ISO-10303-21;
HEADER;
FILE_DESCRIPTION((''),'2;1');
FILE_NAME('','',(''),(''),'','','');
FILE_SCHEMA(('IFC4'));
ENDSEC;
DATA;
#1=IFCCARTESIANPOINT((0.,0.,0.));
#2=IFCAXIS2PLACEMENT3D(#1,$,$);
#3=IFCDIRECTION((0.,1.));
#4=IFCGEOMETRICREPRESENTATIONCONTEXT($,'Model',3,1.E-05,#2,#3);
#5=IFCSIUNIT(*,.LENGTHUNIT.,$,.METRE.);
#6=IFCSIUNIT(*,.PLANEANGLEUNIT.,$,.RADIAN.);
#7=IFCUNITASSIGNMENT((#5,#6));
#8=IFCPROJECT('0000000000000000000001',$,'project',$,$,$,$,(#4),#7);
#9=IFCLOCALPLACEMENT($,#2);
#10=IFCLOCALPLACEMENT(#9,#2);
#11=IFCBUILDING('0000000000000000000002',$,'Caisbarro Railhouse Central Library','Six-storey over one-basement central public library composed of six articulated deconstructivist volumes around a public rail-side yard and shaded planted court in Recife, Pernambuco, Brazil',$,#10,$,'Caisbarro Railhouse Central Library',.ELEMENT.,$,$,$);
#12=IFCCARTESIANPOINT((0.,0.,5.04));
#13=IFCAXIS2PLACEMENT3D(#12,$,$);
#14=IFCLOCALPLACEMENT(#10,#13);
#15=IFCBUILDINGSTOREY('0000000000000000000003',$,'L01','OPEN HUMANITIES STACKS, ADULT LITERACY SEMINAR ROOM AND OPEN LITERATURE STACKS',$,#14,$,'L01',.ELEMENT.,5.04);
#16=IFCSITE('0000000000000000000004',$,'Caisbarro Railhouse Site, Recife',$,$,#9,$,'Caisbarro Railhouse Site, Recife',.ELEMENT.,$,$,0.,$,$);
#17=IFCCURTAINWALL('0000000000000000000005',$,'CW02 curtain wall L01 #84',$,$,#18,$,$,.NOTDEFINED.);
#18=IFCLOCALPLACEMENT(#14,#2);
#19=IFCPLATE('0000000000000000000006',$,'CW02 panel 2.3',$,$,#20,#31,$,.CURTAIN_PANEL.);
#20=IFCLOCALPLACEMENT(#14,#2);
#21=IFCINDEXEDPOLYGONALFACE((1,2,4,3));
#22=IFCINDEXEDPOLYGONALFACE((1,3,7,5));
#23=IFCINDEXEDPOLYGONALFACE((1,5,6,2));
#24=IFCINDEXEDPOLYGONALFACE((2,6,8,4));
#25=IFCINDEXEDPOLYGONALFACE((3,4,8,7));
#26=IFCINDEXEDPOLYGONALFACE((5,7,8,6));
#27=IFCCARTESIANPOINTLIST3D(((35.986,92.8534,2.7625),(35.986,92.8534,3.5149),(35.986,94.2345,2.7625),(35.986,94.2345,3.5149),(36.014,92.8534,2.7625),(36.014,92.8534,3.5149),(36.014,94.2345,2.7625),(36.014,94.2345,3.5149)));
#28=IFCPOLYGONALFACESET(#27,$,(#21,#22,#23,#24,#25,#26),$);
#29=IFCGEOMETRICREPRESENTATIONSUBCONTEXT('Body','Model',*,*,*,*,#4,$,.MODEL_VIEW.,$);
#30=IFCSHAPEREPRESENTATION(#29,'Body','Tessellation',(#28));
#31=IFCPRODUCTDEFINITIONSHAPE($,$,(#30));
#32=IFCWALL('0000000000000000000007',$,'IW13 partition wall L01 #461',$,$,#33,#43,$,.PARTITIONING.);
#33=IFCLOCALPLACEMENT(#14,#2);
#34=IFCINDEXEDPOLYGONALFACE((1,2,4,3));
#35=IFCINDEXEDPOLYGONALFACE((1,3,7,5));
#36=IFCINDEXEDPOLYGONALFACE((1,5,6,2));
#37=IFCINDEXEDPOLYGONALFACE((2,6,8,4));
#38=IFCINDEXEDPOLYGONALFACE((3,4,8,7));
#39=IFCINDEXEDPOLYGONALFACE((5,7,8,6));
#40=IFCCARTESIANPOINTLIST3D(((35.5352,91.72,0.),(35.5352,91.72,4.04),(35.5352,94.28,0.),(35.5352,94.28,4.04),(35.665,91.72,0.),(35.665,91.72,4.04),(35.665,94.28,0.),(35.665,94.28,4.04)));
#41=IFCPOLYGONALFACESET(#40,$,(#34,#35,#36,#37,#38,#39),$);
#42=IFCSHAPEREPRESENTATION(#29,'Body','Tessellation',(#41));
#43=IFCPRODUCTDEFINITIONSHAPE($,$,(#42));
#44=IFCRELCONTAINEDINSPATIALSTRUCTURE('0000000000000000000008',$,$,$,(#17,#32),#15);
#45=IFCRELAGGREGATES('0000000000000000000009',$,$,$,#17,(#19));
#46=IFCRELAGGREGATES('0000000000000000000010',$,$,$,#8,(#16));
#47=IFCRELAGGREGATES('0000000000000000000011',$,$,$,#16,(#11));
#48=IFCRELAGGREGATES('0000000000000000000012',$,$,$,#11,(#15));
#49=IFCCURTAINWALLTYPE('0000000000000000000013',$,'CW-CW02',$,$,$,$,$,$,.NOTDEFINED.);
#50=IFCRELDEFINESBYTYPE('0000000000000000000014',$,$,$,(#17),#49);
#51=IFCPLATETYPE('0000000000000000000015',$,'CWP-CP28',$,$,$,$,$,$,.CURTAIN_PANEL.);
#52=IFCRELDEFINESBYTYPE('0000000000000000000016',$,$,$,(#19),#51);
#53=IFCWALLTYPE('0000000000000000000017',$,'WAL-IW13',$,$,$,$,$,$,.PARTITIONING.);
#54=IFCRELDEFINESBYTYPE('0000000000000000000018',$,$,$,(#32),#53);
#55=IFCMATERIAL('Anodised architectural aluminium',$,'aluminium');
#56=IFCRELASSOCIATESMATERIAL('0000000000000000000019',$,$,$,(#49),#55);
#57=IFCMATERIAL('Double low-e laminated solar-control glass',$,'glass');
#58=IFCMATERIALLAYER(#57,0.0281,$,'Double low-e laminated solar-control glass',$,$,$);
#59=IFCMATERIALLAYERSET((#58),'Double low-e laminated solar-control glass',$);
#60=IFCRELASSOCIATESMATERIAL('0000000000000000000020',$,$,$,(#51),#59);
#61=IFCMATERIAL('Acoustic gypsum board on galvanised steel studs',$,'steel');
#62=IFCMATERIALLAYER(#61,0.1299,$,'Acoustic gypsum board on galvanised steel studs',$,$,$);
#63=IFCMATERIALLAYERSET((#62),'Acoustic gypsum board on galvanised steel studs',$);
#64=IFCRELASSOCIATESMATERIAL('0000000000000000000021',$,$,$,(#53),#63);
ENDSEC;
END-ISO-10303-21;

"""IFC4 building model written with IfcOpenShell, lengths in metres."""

from ifc_helpers import new_model, si_unit, direction, frame, frame_2d, origin, origin_2d, place, context, subcontext, project, spatial, rectangle, extrude, material, layer, layer_set, type_object, element, aggregate, save


model = new_model("IFC4")

# Units and contexts
model_context = context("Model", 3, precision=1e-05, world=origin(), true_north=direction((0.0, 1.0)))
body_context = subcontext(model_context, "Body", "Model", "MODEL_VIEW")
ifc_project = project(units=[si_unit("LENGTHUNIT", "METRE"), si_unit("PLANEANGLEUNIT", "RADIAN")], contexts=[model_context])

# Site, building, storey
site_placement = place(None, origin())
site = spatial("IfcSite", under=ifc_project, at=site_placement, Name="Caisbarro Railhouse Site, Recife", LongName="Caisbarro Railhouse Site, Recife", CompositionType="ELEMENT", RefElevation=0.0)
building_placement = place(site_placement, origin())
building = spatial("IfcBuilding", under=site, at=building_placement, Name="Caisbarro Railhouse Central Library", Description="Six-storey over one-basement central public library composed of six articulated deconstructivist volumes around a public rail-side yard and shaded planted court in Recife, Pernambuco, Brazil", LongName="Caisbarro Railhouse Central Library", CompositionType="ELEMENT")
storey_placement = place(building_placement, frame((0.0, 0.0, 5.04)))
storey = spatial("IfcBuildingStorey", under=building, at=storey_placement, Name="L01", Description="OPEN HUMANITIES STACKS, ADULT LITERACY SEMINAR ROOM AND OPEN LITERATURE STACKS", LongName="L01", CompositionType="ELEMENT", Elevation=5.04)

# Curtain wall
ifc_material_1 = material(Name="Anodised architectural aluminium", Category="aluminium")
curtain_wall_type = type_object("IfcCurtainWallType", Name="CW-CW02", PredefinedType="NOTDEFINED", material=ifc_material_1)
curtain_wall_1_placement = place(storey_placement, origin())
curtain_wall_1 = element("IfcCurtainWall", 1, at=curtain_wall_1_placement, inside=storey, type_object=curtain_wall_type, Name="CW02 curtain wall L01 #84", PredefinedType="NOTDEFINED")

# Plate
ifc_material_2 = material(Name="Double low-e laminated solar-control glass", Category="glass")
ifc_layer_1 = layer(ifc_material_2, 0.0281, Name="Double low-e laminated solar-control glass")
ifc_layer_set_1 = layer_set([ifc_layer_1], Name="Double low-e laminated solar-control glass")
plate_type = type_object("IfcPlateType", Name="CWP-CP28", PredefinedType="CURTAIN_PANEL", material=ifc_layer_set_1)
plate_1_placement = place(storey_placement, frame((36.0, 93.5439, 2.7625), z_axis=(0.0, 0.0, 1.0), x_axis=(0.0, 1.0, 0.0)))
plate_1 = element("IfcPlate", 2, at=plate_1_placement, type_object=plate_type, Name="CW02 panel 2.3", PredefinedType="CURTAIN_PANEL", context=body_context, shape_type="SweptSolid", body=[
    extrude(rectangle(XDim=1.3811, YDim=0.0281, at=origin_2d()), origin(), (0.0, 0.0, 1.0), 0.7524),
])
aggregate(curtain_wall_1, [plate_1])

# Wall
ifc_material_3 = material(Name="Acoustic gypsum board on galvanised steel studs", Category="steel")
ifc_layer_2 = layer(ifc_material_3, 0.1299, Name="Acoustic gypsum board on galvanised steel studs")
ifc_layer_set_2 = layer_set([ifc_layer_2], Name="Acoustic gypsum board on galvanised steel studs")
wall_type = type_object("IfcWallType", Name="WAL-IW13", PredefinedType="PARTITIONING", material=ifc_layer_set_2)
wall_placement = place(storey_placement, frame((35.6001, 91.72, 0.0), z_axis=(0.0, 0.0, 1.0), x_axis=(0.0, 1.0, 0.0)))
element("IfcWall", 3, at=wall_placement, inside=storey, type_object=wall_type, Name="IW13 partition wall L01 #461", PredefinedType="PARTITIONING", context=body_context, shape_type="SweptSolid", body=[
    extrude(rectangle(XDim=2.5601, YDim=0.1299, at=frame_2d((1.28, 0.0))), origin(), (0.0, 0.0, 1.0), 4.04),
])

save(model, "model.ifc")
